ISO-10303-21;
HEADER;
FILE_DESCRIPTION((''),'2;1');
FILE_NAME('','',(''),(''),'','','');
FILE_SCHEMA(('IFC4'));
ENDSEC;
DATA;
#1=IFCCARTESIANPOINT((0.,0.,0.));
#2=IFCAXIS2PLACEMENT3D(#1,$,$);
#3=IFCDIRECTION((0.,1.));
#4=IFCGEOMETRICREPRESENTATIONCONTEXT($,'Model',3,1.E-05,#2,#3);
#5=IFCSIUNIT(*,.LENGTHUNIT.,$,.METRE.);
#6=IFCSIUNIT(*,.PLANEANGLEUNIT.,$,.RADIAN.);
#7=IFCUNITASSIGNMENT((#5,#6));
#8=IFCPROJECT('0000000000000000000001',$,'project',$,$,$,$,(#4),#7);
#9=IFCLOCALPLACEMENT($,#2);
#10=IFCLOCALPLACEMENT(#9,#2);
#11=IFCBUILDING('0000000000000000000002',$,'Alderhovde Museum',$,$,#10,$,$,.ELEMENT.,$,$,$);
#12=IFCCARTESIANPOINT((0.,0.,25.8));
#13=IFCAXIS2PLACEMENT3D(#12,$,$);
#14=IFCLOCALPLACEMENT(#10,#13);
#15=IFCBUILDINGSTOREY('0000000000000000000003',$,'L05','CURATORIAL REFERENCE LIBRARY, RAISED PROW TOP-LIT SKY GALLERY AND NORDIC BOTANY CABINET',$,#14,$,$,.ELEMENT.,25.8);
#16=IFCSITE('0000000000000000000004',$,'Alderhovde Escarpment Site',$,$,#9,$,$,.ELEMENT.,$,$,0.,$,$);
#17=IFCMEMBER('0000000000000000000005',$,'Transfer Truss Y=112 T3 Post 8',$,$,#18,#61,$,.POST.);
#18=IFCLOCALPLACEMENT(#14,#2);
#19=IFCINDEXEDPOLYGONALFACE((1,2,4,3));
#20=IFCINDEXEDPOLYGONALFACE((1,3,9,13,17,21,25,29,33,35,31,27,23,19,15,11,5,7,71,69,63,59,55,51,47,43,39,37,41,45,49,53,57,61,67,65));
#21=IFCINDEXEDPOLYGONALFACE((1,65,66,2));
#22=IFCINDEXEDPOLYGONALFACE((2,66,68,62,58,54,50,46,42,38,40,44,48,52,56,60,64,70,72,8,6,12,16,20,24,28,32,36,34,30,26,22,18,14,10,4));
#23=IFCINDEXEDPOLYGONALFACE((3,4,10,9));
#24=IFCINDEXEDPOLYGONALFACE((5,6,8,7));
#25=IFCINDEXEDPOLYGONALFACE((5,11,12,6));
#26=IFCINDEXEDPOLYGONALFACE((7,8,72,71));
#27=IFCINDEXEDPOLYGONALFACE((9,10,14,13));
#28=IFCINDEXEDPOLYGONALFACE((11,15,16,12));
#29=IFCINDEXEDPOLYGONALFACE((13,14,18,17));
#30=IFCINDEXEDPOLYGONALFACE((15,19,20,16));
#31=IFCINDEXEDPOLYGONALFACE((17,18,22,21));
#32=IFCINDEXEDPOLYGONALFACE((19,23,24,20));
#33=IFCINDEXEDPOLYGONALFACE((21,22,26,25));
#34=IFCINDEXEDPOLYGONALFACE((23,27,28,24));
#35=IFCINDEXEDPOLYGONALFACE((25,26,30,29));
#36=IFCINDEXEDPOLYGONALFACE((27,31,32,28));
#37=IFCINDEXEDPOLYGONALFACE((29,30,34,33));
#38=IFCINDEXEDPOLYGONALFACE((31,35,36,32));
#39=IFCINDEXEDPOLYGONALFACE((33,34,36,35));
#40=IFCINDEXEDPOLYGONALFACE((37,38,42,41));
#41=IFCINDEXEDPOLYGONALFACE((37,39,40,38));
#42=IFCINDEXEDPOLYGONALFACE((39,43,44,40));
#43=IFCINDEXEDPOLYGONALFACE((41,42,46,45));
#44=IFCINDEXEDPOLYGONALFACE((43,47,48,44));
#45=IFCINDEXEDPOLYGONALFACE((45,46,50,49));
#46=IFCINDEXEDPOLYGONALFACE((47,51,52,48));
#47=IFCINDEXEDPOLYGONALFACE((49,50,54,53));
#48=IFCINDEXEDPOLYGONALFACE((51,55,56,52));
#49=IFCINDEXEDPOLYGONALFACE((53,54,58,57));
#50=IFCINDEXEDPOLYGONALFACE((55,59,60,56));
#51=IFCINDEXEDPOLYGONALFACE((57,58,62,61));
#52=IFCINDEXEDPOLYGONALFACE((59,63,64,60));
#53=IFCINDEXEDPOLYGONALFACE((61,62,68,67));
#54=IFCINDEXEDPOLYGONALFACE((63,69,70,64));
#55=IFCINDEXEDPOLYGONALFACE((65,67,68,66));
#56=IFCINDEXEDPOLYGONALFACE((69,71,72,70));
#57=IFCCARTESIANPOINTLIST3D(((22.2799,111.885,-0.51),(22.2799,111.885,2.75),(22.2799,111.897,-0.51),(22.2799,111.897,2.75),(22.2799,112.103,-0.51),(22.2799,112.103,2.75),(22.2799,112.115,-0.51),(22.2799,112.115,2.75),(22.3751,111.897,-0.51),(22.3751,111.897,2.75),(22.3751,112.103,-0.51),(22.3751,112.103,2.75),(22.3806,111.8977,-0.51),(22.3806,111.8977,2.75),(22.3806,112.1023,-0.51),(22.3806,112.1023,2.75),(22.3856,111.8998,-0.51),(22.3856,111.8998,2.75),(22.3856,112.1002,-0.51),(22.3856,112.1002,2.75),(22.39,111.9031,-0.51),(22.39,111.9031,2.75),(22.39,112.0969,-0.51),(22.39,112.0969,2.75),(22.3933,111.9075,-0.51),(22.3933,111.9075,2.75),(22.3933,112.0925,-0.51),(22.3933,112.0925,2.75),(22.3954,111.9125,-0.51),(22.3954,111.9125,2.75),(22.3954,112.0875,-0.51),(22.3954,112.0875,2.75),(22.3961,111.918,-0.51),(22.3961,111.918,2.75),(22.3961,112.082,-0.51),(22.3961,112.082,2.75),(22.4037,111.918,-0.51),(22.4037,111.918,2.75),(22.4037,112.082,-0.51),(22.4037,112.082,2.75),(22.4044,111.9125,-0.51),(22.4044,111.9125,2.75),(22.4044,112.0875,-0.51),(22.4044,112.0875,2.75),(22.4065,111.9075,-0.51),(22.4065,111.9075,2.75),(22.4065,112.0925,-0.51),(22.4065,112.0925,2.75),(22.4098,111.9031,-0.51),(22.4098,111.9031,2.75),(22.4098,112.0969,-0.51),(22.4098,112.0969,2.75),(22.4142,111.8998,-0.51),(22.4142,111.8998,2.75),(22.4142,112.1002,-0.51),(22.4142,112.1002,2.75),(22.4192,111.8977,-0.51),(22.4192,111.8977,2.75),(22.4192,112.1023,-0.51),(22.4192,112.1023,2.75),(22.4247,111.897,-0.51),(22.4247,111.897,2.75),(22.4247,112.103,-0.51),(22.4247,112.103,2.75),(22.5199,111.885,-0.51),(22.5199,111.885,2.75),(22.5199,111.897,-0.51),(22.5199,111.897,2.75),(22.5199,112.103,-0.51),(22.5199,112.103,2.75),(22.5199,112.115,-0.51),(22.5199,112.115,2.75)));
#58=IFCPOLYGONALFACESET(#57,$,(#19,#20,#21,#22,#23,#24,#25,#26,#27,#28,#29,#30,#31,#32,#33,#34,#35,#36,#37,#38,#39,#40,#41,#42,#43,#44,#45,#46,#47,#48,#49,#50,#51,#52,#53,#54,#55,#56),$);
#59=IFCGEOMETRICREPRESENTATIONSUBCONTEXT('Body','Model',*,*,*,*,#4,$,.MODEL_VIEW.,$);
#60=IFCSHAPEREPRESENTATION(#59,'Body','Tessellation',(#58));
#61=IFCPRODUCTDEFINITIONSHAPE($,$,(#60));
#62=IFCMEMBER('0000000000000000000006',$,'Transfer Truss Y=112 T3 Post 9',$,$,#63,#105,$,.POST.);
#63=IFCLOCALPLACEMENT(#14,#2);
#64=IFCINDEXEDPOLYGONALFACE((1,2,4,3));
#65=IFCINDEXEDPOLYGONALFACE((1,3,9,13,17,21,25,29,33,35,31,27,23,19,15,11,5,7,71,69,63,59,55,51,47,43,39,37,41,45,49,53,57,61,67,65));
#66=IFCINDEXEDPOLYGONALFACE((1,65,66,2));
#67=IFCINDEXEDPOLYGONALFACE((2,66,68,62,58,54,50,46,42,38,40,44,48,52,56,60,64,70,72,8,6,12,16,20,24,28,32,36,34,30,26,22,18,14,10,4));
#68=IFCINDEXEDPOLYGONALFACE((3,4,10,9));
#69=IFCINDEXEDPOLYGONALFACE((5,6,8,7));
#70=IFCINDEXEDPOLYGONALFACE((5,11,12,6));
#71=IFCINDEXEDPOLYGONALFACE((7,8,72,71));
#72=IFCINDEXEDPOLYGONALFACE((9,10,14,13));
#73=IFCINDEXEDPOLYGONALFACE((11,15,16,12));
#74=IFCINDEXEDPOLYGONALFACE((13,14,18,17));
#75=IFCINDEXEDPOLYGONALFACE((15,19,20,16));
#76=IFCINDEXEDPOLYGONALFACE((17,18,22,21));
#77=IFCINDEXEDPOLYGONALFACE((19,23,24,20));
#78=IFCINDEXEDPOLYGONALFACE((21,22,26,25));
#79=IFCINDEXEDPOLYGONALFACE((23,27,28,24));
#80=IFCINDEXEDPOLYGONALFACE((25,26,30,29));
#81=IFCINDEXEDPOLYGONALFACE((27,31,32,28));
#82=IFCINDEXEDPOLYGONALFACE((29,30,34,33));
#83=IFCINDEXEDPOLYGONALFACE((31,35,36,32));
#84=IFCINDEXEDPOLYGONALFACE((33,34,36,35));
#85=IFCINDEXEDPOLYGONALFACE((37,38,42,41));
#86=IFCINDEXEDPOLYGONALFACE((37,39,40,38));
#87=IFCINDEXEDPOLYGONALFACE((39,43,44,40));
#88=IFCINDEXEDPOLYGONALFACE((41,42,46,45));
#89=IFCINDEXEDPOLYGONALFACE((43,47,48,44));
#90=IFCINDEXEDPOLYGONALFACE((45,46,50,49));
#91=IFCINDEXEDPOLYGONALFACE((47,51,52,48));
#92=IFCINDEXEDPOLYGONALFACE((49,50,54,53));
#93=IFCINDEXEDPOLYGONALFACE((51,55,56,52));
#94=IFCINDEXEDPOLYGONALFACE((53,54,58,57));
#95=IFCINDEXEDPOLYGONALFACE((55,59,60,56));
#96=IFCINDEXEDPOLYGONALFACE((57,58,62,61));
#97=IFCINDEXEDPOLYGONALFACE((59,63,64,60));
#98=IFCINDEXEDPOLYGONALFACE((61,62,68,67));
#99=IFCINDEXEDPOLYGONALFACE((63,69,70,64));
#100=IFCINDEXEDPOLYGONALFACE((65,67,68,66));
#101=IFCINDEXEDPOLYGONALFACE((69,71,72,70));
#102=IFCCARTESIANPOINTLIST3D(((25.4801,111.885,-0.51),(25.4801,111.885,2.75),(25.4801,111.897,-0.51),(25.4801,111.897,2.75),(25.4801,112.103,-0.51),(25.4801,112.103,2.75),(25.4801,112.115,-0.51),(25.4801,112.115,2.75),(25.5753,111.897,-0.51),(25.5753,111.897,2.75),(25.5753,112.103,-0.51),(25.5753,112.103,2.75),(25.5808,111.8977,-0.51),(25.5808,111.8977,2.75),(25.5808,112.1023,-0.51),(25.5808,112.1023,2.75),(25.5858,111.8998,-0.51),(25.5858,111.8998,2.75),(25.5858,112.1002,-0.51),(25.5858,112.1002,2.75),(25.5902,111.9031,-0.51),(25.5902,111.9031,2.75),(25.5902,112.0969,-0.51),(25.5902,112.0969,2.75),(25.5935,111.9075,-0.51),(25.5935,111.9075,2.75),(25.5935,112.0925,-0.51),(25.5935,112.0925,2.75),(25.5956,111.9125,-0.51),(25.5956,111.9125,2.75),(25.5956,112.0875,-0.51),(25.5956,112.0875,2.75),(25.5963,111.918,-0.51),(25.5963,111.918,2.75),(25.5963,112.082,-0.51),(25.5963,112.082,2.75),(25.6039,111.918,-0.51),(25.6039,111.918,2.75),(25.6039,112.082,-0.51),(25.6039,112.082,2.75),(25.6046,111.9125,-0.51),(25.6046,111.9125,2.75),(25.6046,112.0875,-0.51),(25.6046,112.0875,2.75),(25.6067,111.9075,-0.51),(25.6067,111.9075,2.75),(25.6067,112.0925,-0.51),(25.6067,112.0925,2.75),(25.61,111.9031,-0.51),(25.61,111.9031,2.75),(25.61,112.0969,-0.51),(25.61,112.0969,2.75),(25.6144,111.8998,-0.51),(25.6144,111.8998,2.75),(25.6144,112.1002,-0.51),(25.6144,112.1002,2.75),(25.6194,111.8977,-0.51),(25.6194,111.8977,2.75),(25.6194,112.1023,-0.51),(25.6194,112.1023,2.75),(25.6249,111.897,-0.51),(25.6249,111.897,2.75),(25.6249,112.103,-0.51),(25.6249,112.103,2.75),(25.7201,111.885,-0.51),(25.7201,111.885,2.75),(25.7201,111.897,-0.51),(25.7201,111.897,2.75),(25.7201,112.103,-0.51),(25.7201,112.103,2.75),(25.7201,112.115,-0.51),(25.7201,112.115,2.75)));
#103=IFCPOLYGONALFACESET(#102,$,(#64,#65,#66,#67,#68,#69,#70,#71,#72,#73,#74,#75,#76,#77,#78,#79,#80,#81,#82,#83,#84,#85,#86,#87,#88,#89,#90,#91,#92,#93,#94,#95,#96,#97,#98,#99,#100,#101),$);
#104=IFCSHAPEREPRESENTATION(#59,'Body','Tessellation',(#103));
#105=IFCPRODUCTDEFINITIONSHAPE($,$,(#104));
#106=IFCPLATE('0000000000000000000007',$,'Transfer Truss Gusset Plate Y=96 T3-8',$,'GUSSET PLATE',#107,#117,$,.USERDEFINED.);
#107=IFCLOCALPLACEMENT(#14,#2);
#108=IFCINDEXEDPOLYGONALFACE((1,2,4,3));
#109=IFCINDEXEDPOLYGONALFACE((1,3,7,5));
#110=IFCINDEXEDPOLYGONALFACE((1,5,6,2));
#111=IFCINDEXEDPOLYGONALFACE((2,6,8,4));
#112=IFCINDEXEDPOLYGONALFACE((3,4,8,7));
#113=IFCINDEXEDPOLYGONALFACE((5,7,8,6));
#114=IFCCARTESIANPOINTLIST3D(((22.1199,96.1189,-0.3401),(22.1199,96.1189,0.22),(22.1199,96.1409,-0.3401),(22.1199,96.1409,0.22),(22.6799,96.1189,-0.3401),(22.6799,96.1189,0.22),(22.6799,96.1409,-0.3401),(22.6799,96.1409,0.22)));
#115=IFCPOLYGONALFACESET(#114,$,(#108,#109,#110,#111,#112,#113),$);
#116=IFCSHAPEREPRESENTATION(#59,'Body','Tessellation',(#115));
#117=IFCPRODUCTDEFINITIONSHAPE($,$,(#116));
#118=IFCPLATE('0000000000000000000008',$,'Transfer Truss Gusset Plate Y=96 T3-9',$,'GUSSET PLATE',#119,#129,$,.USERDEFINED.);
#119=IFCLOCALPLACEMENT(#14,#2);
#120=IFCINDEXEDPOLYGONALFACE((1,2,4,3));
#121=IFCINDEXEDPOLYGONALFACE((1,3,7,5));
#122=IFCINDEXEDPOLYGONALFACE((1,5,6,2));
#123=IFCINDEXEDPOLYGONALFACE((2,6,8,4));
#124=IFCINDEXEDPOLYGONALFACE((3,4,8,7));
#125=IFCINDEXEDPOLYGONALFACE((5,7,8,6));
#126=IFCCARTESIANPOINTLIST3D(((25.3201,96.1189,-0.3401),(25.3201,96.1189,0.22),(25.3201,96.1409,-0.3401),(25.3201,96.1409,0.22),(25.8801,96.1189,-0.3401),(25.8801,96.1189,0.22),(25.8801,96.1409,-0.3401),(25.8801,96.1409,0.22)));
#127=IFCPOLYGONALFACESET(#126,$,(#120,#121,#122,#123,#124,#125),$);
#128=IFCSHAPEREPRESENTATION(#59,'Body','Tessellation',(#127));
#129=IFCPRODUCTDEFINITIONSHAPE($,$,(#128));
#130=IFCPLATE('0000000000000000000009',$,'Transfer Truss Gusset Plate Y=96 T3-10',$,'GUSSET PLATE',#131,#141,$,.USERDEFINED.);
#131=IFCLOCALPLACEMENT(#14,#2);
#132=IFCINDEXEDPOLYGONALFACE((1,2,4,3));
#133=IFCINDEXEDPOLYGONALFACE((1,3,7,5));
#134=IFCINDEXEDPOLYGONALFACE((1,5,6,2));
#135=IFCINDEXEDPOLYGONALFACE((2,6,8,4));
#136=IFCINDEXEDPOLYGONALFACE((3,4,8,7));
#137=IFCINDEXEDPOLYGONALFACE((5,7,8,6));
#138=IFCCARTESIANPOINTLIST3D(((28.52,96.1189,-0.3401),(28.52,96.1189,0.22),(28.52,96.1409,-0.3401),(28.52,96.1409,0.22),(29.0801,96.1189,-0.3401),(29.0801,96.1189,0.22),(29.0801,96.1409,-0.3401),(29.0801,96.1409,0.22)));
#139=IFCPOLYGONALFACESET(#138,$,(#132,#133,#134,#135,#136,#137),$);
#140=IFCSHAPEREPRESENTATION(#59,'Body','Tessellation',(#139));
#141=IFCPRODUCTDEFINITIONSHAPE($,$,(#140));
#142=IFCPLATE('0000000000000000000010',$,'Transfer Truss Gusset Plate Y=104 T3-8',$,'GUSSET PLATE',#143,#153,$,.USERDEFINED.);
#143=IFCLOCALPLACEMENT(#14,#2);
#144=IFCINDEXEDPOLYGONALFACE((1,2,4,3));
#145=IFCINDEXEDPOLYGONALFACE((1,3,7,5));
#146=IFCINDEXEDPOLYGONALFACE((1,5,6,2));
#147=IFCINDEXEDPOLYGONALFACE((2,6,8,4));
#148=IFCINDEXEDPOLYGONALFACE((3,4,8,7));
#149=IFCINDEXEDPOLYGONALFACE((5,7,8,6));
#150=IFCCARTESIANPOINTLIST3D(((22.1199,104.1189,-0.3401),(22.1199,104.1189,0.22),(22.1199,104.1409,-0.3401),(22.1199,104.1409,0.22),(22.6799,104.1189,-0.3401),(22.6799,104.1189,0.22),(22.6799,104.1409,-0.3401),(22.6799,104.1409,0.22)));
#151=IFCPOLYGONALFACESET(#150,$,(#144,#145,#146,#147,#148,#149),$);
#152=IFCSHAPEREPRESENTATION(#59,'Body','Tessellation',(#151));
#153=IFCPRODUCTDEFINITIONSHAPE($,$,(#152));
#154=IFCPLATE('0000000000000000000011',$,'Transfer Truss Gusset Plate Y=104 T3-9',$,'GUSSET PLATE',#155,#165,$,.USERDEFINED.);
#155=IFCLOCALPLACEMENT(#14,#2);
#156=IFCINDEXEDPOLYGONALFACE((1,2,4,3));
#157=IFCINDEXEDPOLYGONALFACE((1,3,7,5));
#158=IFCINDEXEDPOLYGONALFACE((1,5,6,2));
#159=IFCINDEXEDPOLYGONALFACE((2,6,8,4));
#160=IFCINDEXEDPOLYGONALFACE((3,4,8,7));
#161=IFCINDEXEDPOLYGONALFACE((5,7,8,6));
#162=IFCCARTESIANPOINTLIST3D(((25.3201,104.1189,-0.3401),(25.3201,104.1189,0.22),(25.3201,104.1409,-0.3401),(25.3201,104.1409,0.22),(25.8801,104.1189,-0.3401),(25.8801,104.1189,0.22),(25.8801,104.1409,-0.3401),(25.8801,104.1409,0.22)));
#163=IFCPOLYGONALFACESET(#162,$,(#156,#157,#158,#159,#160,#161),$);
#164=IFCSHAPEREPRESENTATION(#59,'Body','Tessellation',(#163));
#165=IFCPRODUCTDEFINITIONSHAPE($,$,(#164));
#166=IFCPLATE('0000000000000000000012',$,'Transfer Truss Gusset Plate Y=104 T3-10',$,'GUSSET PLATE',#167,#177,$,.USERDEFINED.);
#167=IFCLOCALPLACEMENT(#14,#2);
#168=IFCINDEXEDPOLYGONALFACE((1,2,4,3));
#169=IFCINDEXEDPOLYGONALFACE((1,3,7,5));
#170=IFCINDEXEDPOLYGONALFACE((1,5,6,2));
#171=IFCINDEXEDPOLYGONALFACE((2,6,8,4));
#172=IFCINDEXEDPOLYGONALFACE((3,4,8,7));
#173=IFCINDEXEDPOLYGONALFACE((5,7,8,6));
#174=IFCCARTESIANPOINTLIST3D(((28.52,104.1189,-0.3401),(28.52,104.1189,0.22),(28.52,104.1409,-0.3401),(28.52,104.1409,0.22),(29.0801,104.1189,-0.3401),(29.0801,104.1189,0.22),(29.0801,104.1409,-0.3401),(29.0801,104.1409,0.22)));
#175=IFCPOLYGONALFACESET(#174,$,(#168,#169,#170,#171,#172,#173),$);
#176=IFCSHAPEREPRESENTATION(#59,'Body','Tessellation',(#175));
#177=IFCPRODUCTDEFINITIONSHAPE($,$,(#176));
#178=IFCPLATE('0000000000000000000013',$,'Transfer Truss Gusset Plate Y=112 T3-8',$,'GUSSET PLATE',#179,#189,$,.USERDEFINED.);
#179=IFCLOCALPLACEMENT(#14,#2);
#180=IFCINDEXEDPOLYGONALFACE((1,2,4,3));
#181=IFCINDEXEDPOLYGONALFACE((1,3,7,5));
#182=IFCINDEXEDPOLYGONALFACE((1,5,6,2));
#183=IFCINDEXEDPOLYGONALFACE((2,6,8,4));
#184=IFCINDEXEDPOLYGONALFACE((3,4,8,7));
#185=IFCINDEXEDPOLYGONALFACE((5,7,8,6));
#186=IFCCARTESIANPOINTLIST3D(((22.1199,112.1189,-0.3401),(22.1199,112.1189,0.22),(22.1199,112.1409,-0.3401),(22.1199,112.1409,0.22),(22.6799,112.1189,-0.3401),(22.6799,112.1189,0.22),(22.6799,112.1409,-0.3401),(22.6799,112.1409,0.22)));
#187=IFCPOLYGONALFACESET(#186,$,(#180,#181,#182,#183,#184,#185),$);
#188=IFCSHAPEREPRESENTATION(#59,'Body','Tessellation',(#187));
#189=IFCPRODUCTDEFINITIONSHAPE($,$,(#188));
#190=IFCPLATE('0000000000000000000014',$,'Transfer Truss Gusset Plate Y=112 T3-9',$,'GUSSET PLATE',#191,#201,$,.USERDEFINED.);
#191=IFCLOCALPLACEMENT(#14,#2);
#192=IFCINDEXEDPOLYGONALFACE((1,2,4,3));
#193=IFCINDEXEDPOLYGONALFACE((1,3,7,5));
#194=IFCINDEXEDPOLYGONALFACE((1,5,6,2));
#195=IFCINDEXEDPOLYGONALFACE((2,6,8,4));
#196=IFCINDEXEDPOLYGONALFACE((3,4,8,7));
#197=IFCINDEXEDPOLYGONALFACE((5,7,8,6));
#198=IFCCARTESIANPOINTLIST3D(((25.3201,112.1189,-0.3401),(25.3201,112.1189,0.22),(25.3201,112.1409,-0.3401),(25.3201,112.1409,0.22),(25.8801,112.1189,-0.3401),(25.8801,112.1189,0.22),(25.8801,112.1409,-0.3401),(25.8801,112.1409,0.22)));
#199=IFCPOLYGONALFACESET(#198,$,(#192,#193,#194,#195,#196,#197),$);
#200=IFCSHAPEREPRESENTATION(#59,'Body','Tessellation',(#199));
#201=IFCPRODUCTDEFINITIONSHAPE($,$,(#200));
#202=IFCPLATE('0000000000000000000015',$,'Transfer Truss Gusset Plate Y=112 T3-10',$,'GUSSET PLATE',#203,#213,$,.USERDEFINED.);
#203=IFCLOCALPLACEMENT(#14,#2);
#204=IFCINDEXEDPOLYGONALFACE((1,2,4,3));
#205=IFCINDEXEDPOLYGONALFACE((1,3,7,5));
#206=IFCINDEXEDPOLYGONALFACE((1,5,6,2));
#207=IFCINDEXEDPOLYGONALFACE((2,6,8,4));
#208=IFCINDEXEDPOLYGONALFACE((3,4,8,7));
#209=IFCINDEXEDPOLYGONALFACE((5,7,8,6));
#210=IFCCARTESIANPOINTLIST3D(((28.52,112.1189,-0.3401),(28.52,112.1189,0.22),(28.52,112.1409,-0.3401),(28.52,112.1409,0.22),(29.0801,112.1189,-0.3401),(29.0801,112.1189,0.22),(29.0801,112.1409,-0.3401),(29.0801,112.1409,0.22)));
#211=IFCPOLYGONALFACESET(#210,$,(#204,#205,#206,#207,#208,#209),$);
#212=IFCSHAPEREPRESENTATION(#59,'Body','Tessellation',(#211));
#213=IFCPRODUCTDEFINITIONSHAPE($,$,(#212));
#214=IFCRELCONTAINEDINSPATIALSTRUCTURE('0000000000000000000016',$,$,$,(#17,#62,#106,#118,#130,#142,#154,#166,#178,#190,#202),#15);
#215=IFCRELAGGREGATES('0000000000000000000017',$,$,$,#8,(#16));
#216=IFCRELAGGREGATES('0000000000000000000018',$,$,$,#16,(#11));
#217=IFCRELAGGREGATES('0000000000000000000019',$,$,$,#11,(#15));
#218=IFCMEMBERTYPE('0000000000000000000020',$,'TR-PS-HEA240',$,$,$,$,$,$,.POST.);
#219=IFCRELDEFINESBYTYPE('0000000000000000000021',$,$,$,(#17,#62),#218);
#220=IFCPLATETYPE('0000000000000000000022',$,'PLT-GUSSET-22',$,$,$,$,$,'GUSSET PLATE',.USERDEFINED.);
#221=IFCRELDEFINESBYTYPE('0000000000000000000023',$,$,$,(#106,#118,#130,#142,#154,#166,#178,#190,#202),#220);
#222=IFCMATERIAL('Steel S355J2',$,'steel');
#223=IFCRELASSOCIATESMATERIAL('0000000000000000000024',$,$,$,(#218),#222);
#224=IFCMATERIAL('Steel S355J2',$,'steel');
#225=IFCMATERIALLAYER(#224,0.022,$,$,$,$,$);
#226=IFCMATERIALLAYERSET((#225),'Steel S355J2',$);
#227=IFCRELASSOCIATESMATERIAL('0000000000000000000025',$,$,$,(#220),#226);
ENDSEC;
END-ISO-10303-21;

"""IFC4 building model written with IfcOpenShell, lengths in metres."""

from ifc_helpers import new_model, si_unit, direction, frame, origin, origin_2d, place, context, subcontext, project, spatial, rectangle, i_section, extrude, material, layer, layer_set, material_profile, profile_set, type_object, element, save


model = new_model("IFC4")

# Units and contexts
model_context = context("Model", 3, precision=1e-05, world=origin(), true_north=direction((0.0, 1.0)))
body_context = subcontext(model_context, "Body", "Model", "MODEL_VIEW")
ifc_project = project(units=[si_unit("LENGTHUNIT", "METRE"), si_unit("PLANEANGLEUNIT", "RADIAN")], contexts=[model_context])

# Site, building, storey
site_placement = place(None, origin())
site = spatial("IfcSite", under=ifc_project, at=site_placement, Name="Alderhovde Escarpment Site", CompositionType="ELEMENT", RefElevation=0.0)
building_placement = place(site_placement, origin())
building = spatial("IfcBuilding", under=site, at=building_placement, Name="Alderhovde Museum", CompositionType="ELEMENT")
storey_placement = place(building_placement, frame((0.0, 0.0, 25.8)))
storey = spatial("IfcBuildingStorey", under=building, at=storey_placement, Name="L05", Description="CURATORIAL REFERENCE LIBRARY, RAISED PROW TOP-LIT SKY GALLERY AND NORDIC BOTANY CABINET", CompositionType="ELEMENT", Elevation=25.8)

# Members
ifc_material_1 = material(Name="Steel S355J2", Category="steel")
ifc_material_profile_1 = material_profile(ifc_material_1, i_section(OverallWidth=0.24, OverallDepth=0.23, WebThickness=0.0076, FlangeThickness=0.012, FilletRadius=0.021, at=origin_2d()), Name="HEA 240")
ifc_profile_set_1 = profile_set([ifc_material_profile_1], Name="Steel S355J2")
member_type_1 = type_object("IfcMemberType", Name="TR-PS-HEA240", PredefinedType="POST", material=ifc_profile_set_1)
for number, where, z_axis, x_axis, name in (
    (1, (22.3999, 112.0, -0.51), (0.0, 0.0, 1.0), (1.0, 0.0, 0.0), "Transfer Truss Y=112 T3 Post 8"),
    (2, (25.6001, 112.0, -0.51), (0.0, 0.0, 1.0), (1.0, 0.0, 0.0), "Transfer Truss Y=112 T3 Post 9"),
):
    element("IfcMember", number, at=place(storey_placement, frame(where, z_axis=z_axis, x_axis=x_axis)), inside=storey, type_object=member_type_1, Name=name, PredefinedType="POST", context=body_context, shape_type="SweptSolid", body=[
        extrude(i_section(OverallWidth=0.24, OverallDepth=0.23, WebThickness=0.0076, FlangeThickness=0.012, FilletRadius=0.021, at=origin_2d()), origin(), (0.0, 0.0, 1.0), 3.26),
    ])

# Plates
ifc_material_2 = material(Name="Steel S355J2", Category="steel")
ifc_layer = layer(ifc_material_2, 0.022)
ifc_layer_set = layer_set([ifc_layer], Name="Steel S355J2")
plate_type = type_object("IfcPlateType", Name="PLT-GUSSET-22", ElementType="GUSSET PLATE", PredefinedType="USERDEFINED", material=ifc_layer_set)
for number, where, z_axis, x_axis, name in (
    (3, (22.3999, 96.1299, -0.3401), (0.0, 0.0, 1.0), (1.0, 0.0, 0.0), "Transfer Truss Gusset Plate Y=96 T3-8"),
    (4, (25.6001, 96.1299, -0.3401), (0.0, 0.0, 1.0), (1.0, 0.0, 0.0), "Transfer Truss Gusset Plate Y=96 T3-9"),
    (5, (28.8, 96.1299, -0.3401), (0.0, 0.0, 1.0), (1.0, 0.0, 0.0), "Transfer Truss Gusset Plate Y=96 T3-10"),
    (6, (22.3999, 104.1299, -0.3401), (0.0, 0.0, 1.0), (1.0, 0.0, 0.0), "Transfer Truss Gusset Plate Y=104 T3-8"),
    (7, (25.6001, 104.1299, -0.3401), (0.0, 0.0, 1.0), (1.0, 0.0, 0.0), "Transfer Truss Gusset Plate Y=104 T3-9"),
    (8, (28.8, 104.1299, -0.3401), (0.0, 0.0, 1.0), (1.0, 0.0, 0.0), "Transfer Truss Gusset Plate Y=104 T3-10"),
    (9, (22.3999, 112.1299, -0.3401), (0.0, 0.0, 1.0), (1.0, 0.0, 0.0), "Transfer Truss Gusset Plate Y=112 T3-8"),
    (10, (25.6001, 112.1299, -0.3401), (0.0, 0.0, 1.0), (1.0, 0.0, 0.0), "Transfer Truss Gusset Plate Y=112 T3-9"),
    (11, (28.8, 112.1299, -0.3401), (0.0, 0.0, 1.0), (1.0, 0.0, 0.0), "Transfer Truss Gusset Plate Y=112 T3-10"),
):
    element("IfcPlate", number, at=place(storey_placement, frame(where, z_axis=z_axis, x_axis=x_axis)), inside=storey, type_object=plate_type, Name=name, ObjectType="GUSSET PLATE", PredefinedType="USERDEFINED", context=body_context, shape_type="SweptSolid", body=[
        extrude(rectangle(XDim=0.5601, YDim=0.022, at=origin_2d()), origin(), (0.0, 0.0, 1.0), 0.5601),
    ])

save(model, "model.ifc")
